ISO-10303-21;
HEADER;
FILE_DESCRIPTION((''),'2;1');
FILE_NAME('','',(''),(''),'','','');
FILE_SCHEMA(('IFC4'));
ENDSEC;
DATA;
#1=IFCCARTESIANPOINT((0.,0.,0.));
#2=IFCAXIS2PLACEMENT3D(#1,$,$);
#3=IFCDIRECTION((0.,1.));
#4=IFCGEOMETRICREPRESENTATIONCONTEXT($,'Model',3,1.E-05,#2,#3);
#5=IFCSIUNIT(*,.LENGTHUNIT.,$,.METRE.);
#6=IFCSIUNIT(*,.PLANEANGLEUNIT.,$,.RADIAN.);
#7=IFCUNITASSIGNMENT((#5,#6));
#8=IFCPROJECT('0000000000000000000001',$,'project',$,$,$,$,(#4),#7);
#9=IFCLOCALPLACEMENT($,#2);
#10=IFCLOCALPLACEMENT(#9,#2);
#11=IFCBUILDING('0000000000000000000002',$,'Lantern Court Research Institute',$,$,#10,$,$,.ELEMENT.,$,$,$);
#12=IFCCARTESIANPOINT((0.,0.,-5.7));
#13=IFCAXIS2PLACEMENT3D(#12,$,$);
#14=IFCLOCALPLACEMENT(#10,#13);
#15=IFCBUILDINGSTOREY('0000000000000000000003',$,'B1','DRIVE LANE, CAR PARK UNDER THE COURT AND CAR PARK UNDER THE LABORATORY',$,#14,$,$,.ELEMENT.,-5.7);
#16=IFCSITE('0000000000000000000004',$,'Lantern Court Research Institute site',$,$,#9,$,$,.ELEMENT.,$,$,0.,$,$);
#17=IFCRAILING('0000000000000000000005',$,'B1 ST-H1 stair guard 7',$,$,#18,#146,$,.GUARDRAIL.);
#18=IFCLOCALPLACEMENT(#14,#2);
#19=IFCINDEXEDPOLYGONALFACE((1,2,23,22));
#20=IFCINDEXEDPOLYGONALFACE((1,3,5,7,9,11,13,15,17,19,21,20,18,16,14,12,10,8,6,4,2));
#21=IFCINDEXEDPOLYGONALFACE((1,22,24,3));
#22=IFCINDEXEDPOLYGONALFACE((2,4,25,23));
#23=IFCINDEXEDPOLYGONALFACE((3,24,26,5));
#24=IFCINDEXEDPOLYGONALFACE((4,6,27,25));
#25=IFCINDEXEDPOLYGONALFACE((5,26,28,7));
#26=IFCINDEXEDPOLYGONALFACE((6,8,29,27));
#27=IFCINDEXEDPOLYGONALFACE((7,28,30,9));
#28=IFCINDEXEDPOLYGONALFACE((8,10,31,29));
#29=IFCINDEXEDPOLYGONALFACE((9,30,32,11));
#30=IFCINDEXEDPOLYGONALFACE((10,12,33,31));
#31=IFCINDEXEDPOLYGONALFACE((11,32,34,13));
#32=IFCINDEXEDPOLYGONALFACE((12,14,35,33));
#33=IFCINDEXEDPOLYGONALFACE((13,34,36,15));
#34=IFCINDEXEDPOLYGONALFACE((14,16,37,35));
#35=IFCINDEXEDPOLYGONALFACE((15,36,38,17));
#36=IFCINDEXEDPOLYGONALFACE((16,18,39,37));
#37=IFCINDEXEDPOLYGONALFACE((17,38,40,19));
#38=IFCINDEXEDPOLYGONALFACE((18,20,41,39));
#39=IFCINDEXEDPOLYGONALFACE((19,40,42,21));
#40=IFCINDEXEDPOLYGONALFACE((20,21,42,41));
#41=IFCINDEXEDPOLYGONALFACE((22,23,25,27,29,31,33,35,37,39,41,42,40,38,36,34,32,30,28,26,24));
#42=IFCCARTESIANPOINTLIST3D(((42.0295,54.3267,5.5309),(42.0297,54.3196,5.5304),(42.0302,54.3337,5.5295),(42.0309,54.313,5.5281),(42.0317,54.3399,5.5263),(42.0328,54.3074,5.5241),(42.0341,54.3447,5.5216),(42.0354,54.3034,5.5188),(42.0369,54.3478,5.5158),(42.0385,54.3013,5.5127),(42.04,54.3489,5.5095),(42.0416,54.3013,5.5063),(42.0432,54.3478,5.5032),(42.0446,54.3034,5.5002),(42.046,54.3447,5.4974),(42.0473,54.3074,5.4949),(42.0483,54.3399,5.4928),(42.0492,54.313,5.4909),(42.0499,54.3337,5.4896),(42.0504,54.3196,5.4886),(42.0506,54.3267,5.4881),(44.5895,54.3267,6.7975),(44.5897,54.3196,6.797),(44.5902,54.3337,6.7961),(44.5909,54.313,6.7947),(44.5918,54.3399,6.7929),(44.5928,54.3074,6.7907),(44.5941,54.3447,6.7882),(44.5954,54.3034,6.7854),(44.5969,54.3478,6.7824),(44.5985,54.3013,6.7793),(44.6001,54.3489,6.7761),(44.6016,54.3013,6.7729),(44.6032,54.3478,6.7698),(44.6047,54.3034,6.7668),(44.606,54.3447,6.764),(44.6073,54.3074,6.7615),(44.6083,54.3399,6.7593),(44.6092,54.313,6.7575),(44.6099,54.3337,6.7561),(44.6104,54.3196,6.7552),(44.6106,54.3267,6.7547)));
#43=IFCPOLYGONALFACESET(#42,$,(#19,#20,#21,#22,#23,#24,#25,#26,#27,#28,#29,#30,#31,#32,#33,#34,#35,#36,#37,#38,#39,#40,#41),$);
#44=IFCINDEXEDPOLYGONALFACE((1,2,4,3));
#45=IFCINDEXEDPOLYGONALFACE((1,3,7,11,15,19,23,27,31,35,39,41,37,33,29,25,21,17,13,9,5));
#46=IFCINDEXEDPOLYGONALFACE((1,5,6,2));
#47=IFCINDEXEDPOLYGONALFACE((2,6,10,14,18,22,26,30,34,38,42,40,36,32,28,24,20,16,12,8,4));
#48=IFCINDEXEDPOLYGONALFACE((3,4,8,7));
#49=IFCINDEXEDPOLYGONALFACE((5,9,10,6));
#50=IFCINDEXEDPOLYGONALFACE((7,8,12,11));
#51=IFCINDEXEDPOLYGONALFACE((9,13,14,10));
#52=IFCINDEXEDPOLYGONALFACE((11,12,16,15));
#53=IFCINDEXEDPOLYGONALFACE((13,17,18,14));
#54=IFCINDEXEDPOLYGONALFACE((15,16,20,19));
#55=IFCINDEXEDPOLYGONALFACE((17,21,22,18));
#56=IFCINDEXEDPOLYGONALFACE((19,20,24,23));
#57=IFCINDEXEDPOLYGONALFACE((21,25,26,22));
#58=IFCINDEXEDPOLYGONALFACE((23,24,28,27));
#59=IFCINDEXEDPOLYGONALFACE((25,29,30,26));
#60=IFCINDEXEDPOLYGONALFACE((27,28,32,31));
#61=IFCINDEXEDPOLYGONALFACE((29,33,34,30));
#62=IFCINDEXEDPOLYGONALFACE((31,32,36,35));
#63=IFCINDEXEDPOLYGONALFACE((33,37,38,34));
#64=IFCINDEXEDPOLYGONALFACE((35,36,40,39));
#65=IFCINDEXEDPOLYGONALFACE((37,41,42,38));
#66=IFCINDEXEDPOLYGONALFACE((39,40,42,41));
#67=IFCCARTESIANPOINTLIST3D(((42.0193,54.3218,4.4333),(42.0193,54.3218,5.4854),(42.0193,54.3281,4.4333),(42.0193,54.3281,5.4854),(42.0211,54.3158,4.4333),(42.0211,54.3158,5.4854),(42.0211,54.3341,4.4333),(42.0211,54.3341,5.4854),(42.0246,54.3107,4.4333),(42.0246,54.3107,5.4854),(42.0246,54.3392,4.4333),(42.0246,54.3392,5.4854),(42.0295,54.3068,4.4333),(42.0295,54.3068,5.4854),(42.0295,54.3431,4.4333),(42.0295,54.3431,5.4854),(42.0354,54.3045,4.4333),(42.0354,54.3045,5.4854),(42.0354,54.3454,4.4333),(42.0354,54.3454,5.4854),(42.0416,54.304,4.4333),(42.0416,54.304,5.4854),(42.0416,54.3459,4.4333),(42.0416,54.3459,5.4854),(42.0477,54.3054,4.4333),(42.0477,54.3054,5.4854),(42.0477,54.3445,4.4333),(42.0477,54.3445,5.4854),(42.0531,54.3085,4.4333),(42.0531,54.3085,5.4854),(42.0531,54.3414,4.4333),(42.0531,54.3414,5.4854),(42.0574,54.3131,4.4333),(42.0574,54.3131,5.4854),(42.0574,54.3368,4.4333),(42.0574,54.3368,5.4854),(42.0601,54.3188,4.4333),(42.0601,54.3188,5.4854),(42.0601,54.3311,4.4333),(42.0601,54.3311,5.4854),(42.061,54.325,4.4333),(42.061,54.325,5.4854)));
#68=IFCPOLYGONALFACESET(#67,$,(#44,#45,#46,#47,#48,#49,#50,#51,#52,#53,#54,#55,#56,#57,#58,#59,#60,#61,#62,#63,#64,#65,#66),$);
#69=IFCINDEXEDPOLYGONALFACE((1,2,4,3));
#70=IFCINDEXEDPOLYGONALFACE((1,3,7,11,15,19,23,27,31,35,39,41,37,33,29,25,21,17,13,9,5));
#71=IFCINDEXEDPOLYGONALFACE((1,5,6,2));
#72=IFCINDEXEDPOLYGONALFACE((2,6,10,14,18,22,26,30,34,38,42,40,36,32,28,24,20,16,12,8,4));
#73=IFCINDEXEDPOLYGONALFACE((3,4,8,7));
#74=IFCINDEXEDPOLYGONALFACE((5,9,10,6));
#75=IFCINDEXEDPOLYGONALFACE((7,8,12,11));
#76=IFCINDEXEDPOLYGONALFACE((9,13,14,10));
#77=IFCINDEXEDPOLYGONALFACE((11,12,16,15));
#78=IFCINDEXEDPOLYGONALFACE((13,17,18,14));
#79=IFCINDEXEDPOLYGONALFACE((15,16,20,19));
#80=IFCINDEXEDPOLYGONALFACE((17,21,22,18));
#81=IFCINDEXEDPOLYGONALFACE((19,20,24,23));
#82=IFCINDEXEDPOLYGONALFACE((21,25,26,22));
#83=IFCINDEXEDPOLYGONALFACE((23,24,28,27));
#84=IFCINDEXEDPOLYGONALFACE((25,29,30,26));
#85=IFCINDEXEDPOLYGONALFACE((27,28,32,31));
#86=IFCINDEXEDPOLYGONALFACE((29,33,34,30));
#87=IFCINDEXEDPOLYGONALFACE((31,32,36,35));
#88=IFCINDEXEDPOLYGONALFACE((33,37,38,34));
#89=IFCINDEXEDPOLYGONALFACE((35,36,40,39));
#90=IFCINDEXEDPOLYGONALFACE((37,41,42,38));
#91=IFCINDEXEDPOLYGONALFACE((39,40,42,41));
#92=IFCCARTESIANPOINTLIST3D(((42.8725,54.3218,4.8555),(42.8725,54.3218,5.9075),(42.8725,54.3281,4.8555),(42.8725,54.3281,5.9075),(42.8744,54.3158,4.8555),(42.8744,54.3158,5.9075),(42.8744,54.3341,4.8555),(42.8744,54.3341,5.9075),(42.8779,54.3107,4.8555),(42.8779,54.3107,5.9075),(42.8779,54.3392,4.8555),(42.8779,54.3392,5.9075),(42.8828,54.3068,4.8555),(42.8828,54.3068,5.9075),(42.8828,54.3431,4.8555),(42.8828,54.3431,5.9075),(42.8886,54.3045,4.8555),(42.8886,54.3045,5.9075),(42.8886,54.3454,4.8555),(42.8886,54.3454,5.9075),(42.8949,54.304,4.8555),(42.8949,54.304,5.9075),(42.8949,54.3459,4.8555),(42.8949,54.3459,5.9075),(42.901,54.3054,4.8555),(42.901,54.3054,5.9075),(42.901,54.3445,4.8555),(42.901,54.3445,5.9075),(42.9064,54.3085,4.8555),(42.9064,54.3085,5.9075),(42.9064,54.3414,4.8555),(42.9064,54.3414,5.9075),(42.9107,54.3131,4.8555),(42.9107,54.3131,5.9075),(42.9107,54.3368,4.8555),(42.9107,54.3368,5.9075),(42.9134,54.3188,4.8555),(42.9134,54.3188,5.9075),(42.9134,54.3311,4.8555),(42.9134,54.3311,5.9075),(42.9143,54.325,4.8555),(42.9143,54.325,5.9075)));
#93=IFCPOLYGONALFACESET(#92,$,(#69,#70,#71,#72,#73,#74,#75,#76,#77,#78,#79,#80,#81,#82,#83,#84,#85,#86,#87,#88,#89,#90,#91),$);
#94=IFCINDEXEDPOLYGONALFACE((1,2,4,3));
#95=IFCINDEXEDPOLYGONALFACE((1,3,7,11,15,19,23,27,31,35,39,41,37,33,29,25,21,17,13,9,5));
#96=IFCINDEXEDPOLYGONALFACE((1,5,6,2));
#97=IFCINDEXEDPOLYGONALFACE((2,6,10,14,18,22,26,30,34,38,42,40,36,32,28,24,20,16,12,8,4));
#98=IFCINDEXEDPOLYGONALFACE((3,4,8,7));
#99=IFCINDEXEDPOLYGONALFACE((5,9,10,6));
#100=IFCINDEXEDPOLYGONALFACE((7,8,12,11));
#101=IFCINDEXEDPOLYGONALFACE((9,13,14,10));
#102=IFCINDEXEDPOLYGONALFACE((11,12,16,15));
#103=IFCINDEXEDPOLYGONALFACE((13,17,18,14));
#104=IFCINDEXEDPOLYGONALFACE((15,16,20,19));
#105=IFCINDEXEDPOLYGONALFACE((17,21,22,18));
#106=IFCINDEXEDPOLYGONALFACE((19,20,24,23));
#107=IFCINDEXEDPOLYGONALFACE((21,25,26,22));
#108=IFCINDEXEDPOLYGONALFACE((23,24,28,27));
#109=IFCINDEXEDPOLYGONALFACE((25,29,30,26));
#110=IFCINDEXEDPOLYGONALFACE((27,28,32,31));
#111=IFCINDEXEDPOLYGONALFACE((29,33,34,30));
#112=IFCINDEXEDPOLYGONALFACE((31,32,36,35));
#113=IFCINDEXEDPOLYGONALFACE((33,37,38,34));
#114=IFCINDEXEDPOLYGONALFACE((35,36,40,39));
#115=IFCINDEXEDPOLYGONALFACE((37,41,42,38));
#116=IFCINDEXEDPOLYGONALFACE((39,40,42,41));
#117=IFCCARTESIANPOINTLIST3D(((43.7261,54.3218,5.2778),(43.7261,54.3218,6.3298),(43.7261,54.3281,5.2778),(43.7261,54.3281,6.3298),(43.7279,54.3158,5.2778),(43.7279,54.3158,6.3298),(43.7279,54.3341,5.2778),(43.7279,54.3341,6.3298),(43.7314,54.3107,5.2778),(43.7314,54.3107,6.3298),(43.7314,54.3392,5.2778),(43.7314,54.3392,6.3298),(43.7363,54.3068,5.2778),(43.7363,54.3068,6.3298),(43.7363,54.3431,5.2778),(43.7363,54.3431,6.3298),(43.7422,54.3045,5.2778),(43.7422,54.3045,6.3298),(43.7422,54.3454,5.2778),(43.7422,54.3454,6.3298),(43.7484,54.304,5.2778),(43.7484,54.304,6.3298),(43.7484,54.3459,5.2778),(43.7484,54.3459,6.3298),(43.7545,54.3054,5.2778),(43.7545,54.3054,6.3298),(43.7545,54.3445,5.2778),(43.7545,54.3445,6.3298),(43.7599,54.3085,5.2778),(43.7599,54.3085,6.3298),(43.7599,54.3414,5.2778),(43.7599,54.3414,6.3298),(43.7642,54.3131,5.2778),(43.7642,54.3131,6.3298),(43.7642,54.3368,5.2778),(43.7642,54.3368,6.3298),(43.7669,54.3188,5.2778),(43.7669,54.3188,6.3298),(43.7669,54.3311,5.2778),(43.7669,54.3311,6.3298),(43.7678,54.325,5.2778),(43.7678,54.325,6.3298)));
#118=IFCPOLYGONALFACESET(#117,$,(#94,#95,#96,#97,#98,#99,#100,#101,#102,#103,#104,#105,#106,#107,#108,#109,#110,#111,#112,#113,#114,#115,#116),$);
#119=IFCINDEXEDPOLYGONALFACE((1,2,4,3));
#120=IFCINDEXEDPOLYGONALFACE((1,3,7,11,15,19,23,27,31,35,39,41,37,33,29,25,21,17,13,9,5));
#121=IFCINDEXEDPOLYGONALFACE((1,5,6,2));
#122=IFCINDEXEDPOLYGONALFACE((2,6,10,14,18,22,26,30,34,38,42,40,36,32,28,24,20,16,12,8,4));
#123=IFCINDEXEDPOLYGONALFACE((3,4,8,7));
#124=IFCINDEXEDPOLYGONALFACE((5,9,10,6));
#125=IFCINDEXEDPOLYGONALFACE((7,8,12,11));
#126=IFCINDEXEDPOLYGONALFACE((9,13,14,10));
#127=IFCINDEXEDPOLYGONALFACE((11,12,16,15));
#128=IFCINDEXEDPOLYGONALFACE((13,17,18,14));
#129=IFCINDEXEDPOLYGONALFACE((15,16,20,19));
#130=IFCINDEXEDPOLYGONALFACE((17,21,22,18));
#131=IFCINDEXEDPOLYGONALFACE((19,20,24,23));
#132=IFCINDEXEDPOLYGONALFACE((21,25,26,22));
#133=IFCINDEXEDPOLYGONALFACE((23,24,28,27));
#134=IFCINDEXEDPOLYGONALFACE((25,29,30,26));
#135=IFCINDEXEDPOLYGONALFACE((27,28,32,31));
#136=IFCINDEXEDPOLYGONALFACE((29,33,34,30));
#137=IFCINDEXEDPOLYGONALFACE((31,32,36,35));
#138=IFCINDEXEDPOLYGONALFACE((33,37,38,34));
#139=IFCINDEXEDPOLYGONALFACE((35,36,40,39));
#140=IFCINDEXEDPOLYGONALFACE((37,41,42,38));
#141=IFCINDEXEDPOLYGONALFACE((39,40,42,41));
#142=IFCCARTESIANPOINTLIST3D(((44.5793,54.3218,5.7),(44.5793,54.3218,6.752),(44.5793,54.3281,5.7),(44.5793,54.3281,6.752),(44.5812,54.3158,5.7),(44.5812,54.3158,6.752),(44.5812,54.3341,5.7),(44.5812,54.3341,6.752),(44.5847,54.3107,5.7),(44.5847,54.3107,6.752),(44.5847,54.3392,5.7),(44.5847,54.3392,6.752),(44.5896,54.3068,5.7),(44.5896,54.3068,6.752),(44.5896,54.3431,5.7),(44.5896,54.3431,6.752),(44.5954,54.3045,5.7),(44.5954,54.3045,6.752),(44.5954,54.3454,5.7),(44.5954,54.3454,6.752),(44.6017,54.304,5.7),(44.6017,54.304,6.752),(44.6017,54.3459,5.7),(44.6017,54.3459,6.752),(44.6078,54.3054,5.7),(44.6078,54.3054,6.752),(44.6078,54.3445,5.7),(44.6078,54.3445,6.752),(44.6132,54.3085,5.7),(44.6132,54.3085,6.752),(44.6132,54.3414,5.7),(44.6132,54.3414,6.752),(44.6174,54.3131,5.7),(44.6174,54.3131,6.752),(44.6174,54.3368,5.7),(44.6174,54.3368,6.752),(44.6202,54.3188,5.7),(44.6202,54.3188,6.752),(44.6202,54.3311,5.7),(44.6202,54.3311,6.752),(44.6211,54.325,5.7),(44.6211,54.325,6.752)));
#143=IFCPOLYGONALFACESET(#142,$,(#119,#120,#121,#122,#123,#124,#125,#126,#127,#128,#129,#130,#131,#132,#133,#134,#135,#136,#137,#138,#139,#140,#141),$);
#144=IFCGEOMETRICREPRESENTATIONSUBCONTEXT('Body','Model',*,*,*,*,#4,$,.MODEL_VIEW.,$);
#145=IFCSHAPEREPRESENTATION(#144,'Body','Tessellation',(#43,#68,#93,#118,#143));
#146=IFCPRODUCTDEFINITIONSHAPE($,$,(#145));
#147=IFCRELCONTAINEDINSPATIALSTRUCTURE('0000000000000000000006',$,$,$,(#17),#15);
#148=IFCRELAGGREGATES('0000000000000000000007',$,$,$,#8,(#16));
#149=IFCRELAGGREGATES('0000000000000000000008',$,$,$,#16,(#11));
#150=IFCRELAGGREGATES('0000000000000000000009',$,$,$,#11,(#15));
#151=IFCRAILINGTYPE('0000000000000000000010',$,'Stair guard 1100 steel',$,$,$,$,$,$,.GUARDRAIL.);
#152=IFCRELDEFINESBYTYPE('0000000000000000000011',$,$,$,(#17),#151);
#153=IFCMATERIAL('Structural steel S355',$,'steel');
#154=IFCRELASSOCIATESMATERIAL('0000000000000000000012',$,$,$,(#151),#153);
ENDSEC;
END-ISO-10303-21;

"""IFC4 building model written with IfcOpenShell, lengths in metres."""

from ifc_helpers import new_model, si_unit, direction, frame, origin, origin_2d, place, context, subcontext, project, spatial, circle, extrude, material, type_object, element, save


model = new_model("IFC4")

# Units and contexts
model_context = context("Model", 3, precision=1e-05, world=origin(), true_north=direction((0.0, 1.0)))
body_context = subcontext(model_context, "Body", "Model", "MODEL_VIEW")
ifc_project = project(units=[si_unit("LENGTHUNIT", "METRE"), si_unit("PLANEANGLEUNIT", "RADIAN")], contexts=[model_context])

# Site, building, storey
site_placement = place(None, origin())
site = spatial("IfcSite", under=ifc_project, at=site_placement, Name="Lantern Court Research Institute site", CompositionType="ELEMENT", RefElevation=0.0)
building_placement = place(site_placement, origin())
building = spatial("IfcBuilding", under=site, at=building_placement, Name="Lantern Court Research Institute", CompositionType="ELEMENT")
storey_placement = place(building_placement, frame((0.0, 0.0, -5.7)))
storey = spatial("IfcBuildingStorey", under=building, at=storey_placement, Name="B1", Description="DRIVE LANE, CAR PARK UNDER THE COURT AND CAR PARK UNDER THE LABORATORY", CompositionType="ELEMENT", Elevation=-5.7)

# Railing
ifc_material_1 = material(Name="Structural steel S355", Category="steel")
railing_type_1 = type_object("IfcRailingType", Name="Stair guard 1100 steel", PredefinedType="GUARDRAIL", material=ifc_material_1)
railing_1_placement = place(storey_placement, frame((42.04, 54.325, 4.4333)))
element("IfcRailing", 1, at=railing_1_placement, inside=storey, type_object=railing_type_1, Name="B1 ST-H1 stair guard 7", PredefinedType="GUARDRAIL", context=body_context, shape_type="SweptSolid", body=[
    extrude(circle(Radius=0.0239, at=origin_2d()), frame((0.0, 0.0, 1.0762), z_axis=(0.8963, 0.0, 0.443449), x_axis=(0.0, 1.0, 0.0)), (0.0, 0.0, 1.0), 2.8562),
    extrude(circle(Radius=0.021, at=origin_2d()), origin(), (0.0, 0.0, 1.0), 1.052),
    extrude(circle(Radius=0.021, at=origin_2d()), frame((0.8533, 0.0, 0.4221)), (0.0, 0.0, 1.0), 1.052),
    extrude(circle(Radius=0.021, at=origin_2d()), frame((1.7068, 0.0, 0.8445)), (0.0, 0.0, 1.0), 1.052),
    extrude(circle(Radius=0.021, at=origin_2d()), frame((2.5601, 0.0, 1.2666)), (0.0, 0.0, 1.0), 1.052),
])

save(model, "model.ifc")
